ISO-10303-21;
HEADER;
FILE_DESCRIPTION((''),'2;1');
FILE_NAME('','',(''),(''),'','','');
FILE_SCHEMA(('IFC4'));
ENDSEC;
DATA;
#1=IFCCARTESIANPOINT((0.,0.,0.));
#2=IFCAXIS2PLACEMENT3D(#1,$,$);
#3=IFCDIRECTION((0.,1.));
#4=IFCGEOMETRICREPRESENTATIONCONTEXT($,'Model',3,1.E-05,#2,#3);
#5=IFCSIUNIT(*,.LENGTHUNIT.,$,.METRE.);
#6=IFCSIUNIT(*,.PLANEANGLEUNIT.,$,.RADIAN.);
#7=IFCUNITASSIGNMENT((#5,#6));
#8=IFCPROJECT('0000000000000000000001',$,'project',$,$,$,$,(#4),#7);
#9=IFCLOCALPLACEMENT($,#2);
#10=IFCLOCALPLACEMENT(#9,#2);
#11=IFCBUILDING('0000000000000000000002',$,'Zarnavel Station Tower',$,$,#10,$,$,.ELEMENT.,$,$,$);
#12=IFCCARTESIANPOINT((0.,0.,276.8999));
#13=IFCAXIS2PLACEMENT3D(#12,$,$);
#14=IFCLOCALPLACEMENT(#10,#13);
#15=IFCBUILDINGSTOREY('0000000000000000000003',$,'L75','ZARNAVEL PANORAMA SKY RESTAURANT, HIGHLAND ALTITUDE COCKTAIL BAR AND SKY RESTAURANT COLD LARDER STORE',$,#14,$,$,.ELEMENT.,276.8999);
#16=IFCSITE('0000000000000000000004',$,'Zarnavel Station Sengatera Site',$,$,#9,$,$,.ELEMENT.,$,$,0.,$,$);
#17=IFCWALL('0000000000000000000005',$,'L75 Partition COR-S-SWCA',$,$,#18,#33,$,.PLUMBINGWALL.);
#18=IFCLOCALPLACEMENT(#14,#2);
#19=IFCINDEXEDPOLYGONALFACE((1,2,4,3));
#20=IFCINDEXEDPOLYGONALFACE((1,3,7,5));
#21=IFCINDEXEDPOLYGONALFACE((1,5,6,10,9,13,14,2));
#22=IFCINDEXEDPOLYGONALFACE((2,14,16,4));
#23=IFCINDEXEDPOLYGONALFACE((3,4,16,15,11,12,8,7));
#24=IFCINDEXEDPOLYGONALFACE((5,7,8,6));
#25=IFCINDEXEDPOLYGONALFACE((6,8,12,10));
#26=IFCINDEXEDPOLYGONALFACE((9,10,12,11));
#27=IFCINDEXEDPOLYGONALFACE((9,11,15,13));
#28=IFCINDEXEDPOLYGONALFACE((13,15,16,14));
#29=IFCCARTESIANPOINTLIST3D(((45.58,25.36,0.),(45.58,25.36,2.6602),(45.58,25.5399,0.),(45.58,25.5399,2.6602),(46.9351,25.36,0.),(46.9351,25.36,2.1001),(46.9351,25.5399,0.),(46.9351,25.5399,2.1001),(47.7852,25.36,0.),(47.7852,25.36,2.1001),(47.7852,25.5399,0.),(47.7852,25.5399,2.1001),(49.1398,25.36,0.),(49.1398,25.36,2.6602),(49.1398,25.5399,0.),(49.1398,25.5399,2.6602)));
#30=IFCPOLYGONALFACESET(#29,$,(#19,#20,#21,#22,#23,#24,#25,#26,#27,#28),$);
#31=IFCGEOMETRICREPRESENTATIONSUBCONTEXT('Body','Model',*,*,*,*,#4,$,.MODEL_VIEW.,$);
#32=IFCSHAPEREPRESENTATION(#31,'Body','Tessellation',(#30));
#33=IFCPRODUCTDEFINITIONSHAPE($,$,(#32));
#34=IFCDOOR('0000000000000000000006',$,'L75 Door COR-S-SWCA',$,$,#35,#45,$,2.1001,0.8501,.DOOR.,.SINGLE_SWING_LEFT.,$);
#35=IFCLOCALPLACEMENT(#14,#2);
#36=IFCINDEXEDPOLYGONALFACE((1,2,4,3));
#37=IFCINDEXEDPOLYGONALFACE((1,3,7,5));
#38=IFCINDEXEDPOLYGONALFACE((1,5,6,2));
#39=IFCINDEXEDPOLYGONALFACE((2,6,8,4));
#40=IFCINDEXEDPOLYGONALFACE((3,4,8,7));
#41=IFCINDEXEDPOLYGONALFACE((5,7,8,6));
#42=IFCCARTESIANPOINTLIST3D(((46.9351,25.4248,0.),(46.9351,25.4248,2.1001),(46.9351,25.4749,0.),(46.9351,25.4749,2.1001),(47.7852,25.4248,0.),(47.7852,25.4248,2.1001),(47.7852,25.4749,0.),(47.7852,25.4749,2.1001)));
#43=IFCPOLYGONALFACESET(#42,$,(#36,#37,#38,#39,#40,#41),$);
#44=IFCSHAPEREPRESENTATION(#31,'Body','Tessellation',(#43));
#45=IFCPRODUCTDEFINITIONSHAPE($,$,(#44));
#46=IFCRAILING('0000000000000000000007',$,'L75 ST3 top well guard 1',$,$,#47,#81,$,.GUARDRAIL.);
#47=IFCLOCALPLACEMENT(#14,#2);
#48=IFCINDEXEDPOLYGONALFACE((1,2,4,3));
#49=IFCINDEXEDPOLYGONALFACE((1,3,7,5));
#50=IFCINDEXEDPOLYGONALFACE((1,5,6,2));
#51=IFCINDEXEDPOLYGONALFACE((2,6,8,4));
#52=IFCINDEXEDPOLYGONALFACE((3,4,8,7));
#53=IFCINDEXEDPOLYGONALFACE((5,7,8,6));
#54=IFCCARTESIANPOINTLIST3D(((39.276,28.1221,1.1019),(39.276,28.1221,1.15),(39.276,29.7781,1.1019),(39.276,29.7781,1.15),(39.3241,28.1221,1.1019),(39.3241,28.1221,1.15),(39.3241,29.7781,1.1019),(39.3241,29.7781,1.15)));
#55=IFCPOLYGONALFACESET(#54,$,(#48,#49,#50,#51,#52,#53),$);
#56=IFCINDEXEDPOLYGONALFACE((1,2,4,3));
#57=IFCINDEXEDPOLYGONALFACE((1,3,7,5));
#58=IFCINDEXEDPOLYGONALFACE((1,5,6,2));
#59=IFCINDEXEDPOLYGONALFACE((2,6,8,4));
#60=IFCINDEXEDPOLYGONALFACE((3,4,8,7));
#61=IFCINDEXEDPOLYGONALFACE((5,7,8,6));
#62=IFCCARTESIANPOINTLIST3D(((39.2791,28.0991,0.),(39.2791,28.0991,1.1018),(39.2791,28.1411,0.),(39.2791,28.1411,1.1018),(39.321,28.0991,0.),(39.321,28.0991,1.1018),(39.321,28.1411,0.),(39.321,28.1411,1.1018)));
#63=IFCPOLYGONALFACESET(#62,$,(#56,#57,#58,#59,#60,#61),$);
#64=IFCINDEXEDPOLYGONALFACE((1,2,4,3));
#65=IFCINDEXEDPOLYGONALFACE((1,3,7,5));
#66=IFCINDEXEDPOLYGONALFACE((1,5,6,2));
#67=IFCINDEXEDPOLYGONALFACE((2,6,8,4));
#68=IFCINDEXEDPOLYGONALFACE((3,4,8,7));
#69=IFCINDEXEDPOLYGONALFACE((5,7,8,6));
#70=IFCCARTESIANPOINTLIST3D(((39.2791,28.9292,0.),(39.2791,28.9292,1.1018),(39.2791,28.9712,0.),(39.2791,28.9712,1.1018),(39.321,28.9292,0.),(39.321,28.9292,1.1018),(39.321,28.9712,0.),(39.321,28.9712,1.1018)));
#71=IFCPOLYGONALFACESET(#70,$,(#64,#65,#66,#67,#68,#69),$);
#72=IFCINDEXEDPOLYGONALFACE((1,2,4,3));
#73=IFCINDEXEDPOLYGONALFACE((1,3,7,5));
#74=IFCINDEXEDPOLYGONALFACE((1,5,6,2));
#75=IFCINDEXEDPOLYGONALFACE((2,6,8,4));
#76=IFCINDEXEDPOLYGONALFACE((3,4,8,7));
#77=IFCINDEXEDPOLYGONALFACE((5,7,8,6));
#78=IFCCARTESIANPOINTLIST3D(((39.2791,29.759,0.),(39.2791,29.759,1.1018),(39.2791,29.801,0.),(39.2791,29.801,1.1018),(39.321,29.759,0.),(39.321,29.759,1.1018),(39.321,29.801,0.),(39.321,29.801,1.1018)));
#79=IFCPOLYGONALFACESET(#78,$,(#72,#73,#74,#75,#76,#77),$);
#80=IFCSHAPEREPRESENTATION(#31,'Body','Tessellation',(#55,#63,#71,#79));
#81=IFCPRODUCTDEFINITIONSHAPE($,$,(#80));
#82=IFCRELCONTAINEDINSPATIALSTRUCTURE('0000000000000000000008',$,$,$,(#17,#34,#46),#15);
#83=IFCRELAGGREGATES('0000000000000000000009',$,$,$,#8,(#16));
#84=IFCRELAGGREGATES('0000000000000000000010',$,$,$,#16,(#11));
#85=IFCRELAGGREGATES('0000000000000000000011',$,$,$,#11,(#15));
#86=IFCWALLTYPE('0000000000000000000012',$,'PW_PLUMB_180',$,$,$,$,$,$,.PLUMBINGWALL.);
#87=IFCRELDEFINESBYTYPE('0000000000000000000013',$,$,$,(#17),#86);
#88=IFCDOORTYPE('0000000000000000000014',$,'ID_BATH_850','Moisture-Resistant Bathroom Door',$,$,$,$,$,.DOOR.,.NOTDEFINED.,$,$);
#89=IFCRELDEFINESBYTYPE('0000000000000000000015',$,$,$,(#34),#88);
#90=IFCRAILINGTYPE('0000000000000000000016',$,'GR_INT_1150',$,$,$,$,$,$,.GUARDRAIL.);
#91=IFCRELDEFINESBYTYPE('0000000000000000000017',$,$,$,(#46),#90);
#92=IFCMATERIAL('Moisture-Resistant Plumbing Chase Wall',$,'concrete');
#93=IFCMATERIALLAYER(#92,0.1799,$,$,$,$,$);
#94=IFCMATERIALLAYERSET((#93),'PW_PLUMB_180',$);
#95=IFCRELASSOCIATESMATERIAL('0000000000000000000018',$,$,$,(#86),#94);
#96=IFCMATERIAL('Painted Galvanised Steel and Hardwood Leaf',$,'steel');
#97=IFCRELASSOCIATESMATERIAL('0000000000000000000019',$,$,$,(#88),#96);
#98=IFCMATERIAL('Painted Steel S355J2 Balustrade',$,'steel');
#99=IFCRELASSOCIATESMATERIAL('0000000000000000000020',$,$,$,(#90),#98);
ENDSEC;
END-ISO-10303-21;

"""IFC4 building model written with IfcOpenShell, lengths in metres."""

from ifc_helpers import new_model, si_unit, direction, frame, frame_2d, origin, origin_2d, place, context, subcontext, project, spatial, rectangle, extrude, material, layer, layer_set, type_object, element, fill, save


model = new_model("IFC4")

# Units and contexts
model_context = context("Model", 3, precision=1e-05, world=origin(), true_north=direction((0.0, 1.0)))
body_context = subcontext(model_context, "Body", "Model", "MODEL_VIEW")
ifc_project = project(units=[si_unit("LENGTHUNIT", "METRE"), si_unit("PLANEANGLEUNIT", "RADIAN")], contexts=[model_context])

# Site, building, storey
site_placement = place(None, origin())
site = spatial("IfcSite", under=ifc_project, at=site_placement, Name="Zarnavel Station Sengatera Site", CompositionType="ELEMENT", RefElevation=0.0)
building_placement = place(site_placement, origin())
building = spatial("IfcBuilding", under=site, at=building_placement, Name="Zarnavel Station Tower", CompositionType="ELEMENT")
storey_placement = place(building_placement, frame((0.0, 0.0, 276.8999)))
storey = spatial("IfcBuildingStorey", under=building, at=storey_placement, Name="L75", Description="ZARNAVEL PANORAMA SKY RESTAURANT, HIGHLAND ALTITUDE COCKTAIL BAR AND SKY RESTAURANT COLD LARDER STORE", CompositionType="ELEMENT", Elevation=276.8999)

# Wall, opening, door
ifc_material_1 = material(Name="Moisture-Resistant Plumbing Chase Wall", Category="concrete")
ifc_layer_1 = layer(ifc_material_1, 0.1799)
ifc_layer_set_1 = layer_set([ifc_layer_1], Name="PW_PLUMB_180")
wall_type_1 = type_object("IfcWallType", Name="PW_PLUMB_180", PredefinedType="PLUMBINGWALL", material=ifc_layer_set_1)
wall_1_placement = place(storey_placement, frame((45.5801, 25.45, 0.0), z_axis=(0.0, 0.0, 1.0), x_axis=(1.0, 0.0, 0.0)))
wall_1 = element("IfcWall", 1, at=wall_1_placement, inside=storey, type_object=wall_type_1, Name="L75 Partition COR-S-SWCA", PredefinedType="PLUMBINGWALL", context=body_context, shape_type="SweptSolid", body=[
    extrude(rectangle(XDim=3.5598, YDim=0.1799, at=frame_2d((1.7798, 0.0))), origin(), (0.0, 0.0, 1.0), 2.6602),
])
opening_1_placement = place(wall_1_placement, frame((1.355, 0.0, 0.0)))
opening_1 = element("IfcOpeningElement", 2, at=opening_1_placement, cuts=wall_1, PredefinedType="OPENING", context=body_context, shape_type="SweptSolid", body=[
    extrude(rectangle(XDim=0.8501, YDim=2.1001, at=frame_2d((0.425, 1.05))), frame((0.0, 0.0999, 0.0), z_axis=(0.0, -1.0, 0.0), x_axis=(1.0, 0.0, 0.0)), (0.0, 0.0, 1.0), 0.2),
])
ifc_material_2 = material(Name="Painted Galvanised Steel and Hardwood Leaf", Category="steel")
door_type_1 = type_object("IfcDoorType", Name="ID_BATH_850", Description="Moisture-Resistant Bathroom Door", OperationType="NOTDEFINED", PredefinedType="DOOR", material=ifc_material_2)
door_1_placement = place(opening_1_placement, origin())
door_1 = element("IfcDoor", 3, at=door_1_placement, inside=storey, type_object=door_type_1, Name="L75 Door COR-S-SWCA", OperationType="SINGLE_SWING_LEFT", OverallHeight=2.1001, OverallWidth=0.8501, PredefinedType="DOOR", context=body_context, shape_type="SweptSolid", body=[
    extrude(rectangle(XDim=0.8501, YDim=2.1001, at=frame_2d((0.425, 1.05))), frame((0.0, 0.0249, 0.0), z_axis=(0.0, -1.0, 0.0), x_axis=(1.0, 0.0, 0.0)), (0.0, 0.0, 1.0), 0.05),
])
fill(opening_1, door_1)

# Railing
ifc_material_3 = material(Name="Painted Steel S355J2 Balustrade", Category="steel")
railing_type = type_object("IfcRailingType", Name="GR_INT_1150", PredefinedType="GUARDRAIL", material=ifc_material_3)
railing_placement = place(storey_placement, frame((39.3, 28.1201, 0.0)))
element("IfcRailing", 4, at=railing_placement, inside=storey, type_object=railing_type, Name="L75 ST3 top well guard 1", PredefinedType="GUARDRAIL", context=body_context, shape_type="SweptSolid", body=[
    extrude(rectangle(XDim=0.0481, YDim=0.0481, at=origin_2d()), frame((0.0, 0.002, 1.126), z_axis=(0.0, 1.0, 0.0), x_axis=(-1.0, 0.0, 0.0)), (0.0, 0.0, 1.0), 1.656),
    extrude(rectangle(XDim=0.042, YDim=0.042, at=origin_2d()), origin(), (0.0, 0.0, 1.0), 1.1018),
    extrude(rectangle(XDim=0.042, YDim=0.042, at=origin_2d()), frame((0.0, 0.8301, 0.0)), (0.0, 0.0, 1.0), 1.1018),
    extrude(rectangle(XDim=0.042, YDim=0.042, at=origin_2d()), frame((0.0, 1.6599, 0.0)), (0.0, 0.0, 1.0), 1.1018),
])

save(model, "model.ifc")
